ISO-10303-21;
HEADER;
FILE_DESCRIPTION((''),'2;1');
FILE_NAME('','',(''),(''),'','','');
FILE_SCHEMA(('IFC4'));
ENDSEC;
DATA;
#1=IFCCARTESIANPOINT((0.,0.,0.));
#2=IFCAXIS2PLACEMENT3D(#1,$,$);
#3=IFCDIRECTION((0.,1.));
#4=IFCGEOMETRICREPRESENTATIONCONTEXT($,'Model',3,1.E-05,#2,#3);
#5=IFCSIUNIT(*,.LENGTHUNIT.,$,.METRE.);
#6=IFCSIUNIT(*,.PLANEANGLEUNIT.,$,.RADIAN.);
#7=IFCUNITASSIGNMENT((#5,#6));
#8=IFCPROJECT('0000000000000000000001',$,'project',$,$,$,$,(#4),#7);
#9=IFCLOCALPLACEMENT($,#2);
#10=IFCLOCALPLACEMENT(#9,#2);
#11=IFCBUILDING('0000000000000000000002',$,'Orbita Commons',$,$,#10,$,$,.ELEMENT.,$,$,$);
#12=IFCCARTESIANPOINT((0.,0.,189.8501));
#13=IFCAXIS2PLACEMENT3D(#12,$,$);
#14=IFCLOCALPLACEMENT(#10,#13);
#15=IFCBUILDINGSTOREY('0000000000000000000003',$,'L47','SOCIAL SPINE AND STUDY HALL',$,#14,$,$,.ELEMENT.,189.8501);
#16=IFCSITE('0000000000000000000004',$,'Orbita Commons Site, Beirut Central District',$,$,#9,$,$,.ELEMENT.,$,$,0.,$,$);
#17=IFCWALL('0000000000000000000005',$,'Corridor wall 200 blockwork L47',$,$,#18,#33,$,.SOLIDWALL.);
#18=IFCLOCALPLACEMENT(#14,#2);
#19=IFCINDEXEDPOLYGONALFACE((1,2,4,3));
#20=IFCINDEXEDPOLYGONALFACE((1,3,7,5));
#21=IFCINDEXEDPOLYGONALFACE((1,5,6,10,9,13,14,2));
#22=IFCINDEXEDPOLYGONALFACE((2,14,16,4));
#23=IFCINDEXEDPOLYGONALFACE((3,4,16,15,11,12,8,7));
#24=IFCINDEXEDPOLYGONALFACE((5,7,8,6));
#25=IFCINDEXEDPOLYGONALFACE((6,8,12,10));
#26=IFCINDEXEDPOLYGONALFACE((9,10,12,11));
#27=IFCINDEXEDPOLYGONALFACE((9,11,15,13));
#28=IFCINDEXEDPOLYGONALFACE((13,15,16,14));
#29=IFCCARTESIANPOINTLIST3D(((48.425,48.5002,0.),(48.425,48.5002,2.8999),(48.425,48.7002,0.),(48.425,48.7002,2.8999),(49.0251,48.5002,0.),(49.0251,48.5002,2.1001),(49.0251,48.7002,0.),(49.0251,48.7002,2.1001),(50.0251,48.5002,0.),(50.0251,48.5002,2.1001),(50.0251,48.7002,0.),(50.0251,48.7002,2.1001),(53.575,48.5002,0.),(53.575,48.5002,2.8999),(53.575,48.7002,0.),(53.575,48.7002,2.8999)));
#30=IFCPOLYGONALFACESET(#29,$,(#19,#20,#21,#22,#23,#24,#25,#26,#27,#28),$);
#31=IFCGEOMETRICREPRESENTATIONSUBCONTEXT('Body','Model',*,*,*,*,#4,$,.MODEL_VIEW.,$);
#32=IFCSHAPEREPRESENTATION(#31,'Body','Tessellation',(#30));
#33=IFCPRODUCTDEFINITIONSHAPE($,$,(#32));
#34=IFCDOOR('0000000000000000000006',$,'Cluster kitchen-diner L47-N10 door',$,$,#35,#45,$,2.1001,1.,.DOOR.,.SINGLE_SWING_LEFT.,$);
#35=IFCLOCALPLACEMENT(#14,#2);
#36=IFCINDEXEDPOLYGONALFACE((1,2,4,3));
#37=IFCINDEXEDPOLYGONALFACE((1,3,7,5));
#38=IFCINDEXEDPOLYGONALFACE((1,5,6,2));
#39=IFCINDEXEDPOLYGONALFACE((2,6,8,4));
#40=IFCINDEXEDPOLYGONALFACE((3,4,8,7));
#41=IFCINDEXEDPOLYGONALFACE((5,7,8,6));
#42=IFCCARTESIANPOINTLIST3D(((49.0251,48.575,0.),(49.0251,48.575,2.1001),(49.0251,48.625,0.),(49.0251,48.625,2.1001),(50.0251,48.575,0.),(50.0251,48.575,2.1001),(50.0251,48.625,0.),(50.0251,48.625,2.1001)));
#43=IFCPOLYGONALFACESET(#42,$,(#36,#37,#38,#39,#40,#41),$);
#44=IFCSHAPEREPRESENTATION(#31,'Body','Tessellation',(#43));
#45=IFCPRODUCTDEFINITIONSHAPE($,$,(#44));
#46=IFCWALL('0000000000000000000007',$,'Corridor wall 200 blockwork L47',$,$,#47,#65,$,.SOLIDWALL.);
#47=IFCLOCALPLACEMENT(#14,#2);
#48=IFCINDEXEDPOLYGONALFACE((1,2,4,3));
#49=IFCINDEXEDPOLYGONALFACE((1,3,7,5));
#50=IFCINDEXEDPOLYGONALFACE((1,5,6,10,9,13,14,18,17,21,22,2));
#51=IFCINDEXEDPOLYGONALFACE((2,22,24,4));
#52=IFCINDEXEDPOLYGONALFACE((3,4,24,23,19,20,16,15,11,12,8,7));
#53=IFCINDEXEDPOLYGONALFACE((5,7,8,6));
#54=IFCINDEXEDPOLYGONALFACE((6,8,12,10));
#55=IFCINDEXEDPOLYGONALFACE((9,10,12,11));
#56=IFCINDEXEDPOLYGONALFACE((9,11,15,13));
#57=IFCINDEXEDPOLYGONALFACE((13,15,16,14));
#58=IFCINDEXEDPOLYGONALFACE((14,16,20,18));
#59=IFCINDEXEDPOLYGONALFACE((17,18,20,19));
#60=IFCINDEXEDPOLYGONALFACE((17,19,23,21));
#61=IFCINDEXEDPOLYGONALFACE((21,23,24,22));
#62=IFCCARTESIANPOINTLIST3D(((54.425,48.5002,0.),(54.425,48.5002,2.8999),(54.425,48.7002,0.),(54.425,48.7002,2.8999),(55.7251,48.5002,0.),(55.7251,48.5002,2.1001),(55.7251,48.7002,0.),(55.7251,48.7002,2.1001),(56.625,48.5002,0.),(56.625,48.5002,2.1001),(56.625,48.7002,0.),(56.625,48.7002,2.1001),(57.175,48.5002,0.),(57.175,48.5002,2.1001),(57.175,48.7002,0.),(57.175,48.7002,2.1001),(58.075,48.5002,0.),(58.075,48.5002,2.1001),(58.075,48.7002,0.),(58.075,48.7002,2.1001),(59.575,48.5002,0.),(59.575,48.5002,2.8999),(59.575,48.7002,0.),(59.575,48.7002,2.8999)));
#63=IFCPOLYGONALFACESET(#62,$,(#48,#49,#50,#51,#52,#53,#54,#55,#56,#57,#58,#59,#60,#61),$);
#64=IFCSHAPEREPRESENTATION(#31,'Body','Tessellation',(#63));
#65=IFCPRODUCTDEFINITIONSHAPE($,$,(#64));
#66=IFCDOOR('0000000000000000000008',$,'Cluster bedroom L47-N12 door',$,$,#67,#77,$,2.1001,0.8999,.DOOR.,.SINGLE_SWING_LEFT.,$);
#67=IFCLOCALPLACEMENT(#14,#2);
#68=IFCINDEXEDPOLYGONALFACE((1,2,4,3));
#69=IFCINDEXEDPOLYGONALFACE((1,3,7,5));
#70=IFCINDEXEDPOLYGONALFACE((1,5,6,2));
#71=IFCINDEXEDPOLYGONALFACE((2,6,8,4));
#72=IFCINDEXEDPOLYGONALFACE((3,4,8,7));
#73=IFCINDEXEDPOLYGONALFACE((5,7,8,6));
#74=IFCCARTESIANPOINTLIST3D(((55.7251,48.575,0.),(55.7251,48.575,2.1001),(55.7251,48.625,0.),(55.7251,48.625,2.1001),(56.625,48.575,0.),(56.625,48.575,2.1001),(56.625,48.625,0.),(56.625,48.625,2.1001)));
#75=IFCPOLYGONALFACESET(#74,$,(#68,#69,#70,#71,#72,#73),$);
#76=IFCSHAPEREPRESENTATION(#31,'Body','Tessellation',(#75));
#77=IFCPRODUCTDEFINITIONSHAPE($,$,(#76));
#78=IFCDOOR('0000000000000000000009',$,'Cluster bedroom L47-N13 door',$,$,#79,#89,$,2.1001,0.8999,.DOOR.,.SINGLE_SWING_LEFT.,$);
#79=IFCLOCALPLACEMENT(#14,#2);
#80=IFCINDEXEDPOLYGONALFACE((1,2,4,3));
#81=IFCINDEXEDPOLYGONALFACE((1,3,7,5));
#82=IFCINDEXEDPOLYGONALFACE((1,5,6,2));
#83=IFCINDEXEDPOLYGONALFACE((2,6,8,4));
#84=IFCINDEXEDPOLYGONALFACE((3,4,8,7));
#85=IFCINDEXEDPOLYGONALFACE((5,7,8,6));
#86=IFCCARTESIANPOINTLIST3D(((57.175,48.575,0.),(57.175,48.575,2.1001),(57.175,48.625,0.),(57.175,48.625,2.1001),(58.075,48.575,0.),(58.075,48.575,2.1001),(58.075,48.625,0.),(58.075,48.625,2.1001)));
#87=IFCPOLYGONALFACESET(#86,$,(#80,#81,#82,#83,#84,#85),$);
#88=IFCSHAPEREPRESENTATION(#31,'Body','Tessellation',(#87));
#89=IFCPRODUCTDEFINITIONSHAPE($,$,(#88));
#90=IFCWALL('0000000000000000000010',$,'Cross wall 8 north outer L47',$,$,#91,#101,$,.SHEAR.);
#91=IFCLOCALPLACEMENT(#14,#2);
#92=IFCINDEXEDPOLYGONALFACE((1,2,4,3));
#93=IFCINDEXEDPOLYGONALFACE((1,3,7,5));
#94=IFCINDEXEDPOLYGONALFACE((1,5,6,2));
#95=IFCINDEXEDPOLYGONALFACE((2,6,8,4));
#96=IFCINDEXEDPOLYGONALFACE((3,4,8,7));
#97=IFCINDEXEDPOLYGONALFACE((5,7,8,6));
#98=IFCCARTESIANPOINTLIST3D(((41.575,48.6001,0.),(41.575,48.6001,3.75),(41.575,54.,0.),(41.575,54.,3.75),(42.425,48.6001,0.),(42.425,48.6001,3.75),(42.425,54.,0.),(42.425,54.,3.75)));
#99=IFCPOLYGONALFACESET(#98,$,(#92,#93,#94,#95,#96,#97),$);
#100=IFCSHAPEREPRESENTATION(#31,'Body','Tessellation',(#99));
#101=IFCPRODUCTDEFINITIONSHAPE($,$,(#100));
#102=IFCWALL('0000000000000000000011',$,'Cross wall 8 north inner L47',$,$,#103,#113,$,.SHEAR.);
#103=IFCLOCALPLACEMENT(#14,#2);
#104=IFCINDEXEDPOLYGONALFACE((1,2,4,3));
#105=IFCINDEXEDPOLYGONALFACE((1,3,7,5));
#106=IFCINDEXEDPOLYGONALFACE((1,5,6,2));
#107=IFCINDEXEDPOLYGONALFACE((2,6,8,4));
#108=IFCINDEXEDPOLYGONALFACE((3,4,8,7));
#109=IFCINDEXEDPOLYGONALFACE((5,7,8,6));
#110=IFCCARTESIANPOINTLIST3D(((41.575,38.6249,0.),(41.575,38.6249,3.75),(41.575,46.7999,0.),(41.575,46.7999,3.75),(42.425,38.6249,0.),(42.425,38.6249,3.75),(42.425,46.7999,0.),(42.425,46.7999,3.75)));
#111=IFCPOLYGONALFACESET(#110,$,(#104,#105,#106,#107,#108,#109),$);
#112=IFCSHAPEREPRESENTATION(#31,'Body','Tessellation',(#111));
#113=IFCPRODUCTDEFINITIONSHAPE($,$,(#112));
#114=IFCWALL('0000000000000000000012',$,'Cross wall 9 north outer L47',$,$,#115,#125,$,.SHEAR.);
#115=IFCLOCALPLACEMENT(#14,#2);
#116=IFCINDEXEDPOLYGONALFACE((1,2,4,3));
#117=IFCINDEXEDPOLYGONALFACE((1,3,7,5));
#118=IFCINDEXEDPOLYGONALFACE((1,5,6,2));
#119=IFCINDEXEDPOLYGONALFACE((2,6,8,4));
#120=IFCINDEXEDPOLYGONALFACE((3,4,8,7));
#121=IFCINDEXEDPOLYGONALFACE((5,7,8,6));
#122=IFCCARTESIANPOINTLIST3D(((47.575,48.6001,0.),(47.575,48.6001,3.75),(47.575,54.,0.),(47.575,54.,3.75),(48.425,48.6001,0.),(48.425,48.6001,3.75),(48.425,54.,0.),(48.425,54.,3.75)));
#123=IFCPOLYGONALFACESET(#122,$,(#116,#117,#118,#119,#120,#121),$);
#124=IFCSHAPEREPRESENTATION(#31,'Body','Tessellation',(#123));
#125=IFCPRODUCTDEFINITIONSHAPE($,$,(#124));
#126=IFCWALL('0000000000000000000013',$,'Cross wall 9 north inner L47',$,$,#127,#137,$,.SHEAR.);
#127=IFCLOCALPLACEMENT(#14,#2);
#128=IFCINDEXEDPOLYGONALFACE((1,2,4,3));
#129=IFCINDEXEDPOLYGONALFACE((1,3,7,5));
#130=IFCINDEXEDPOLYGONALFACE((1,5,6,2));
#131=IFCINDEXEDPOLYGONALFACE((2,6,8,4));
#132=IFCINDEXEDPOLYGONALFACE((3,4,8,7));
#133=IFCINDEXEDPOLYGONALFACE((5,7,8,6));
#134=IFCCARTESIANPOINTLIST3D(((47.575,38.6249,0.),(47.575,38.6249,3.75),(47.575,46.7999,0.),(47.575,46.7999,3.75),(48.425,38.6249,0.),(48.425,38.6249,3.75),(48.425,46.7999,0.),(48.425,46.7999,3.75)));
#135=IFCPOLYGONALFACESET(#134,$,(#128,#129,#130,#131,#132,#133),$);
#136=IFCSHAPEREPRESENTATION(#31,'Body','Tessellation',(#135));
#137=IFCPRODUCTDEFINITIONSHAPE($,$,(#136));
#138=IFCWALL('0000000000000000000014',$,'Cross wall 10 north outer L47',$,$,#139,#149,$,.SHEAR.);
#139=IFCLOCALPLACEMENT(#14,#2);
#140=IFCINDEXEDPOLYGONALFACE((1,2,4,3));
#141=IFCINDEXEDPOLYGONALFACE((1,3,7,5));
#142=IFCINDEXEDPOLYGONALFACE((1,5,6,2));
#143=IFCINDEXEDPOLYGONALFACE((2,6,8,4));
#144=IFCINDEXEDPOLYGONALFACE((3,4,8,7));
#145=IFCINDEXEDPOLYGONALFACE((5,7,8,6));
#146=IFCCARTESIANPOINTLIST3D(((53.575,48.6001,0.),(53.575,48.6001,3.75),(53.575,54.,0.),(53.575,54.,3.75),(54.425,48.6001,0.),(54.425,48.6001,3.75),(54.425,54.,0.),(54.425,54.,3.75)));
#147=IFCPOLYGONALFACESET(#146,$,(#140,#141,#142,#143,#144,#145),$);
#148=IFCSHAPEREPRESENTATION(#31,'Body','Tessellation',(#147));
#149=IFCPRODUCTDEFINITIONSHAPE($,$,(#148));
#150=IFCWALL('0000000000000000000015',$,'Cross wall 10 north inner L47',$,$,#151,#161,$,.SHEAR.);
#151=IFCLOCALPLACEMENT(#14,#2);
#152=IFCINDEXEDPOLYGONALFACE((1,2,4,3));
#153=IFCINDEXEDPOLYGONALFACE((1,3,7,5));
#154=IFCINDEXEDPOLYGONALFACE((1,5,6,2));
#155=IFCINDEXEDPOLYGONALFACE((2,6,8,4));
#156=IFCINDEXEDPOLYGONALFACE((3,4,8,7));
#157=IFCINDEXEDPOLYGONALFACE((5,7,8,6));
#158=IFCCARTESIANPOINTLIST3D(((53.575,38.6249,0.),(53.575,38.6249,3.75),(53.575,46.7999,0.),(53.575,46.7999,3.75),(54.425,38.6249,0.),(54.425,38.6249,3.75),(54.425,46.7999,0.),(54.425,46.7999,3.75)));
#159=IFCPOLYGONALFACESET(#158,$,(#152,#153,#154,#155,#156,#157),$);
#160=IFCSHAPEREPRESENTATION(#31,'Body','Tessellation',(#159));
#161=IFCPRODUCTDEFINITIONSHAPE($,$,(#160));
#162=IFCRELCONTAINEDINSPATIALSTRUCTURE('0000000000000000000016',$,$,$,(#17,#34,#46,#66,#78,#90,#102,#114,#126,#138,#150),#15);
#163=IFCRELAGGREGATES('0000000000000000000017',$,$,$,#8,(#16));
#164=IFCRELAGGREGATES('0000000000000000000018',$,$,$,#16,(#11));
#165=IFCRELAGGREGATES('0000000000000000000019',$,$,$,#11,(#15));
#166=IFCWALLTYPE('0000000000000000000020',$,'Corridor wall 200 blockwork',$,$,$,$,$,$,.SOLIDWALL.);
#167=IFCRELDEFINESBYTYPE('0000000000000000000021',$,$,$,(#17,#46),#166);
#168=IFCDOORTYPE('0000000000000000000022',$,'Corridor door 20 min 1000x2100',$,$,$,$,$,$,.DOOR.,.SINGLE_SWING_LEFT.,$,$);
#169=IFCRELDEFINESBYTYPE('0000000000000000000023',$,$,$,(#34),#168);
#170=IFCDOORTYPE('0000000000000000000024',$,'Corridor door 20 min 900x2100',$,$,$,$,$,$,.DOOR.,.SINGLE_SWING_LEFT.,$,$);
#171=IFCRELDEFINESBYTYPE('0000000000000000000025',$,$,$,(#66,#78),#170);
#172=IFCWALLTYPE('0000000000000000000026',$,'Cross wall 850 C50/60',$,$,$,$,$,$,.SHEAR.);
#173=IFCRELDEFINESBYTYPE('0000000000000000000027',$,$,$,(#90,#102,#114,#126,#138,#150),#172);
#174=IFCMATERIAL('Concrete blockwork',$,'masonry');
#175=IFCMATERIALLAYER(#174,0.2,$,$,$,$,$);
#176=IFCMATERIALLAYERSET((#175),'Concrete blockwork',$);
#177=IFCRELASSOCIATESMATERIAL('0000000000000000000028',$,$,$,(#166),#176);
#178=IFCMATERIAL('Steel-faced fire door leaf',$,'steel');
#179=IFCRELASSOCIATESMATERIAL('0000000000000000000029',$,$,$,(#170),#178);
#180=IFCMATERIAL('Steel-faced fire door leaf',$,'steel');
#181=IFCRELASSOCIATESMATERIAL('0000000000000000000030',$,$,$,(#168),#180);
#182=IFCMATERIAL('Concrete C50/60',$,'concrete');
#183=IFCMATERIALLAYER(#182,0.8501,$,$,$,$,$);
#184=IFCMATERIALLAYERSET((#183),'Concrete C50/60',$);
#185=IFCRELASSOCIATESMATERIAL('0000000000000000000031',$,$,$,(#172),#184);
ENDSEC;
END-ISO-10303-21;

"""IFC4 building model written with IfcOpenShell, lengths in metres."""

from ifc_helpers import new_model, si_unit, direction, frame, frame_2d, origin, place, context, subcontext, project, spatial, polyline, rectangle, outline, extrude, material, layer, layer_set, type_object, element, fill, save


model = new_model("IFC4")

# Units and contexts
model_context = context("Model", 3, precision=1e-05, world=origin(), true_north=direction((0.0, 1.0)))
body_context = subcontext(model_context, "Body", "Model", "MODEL_VIEW")
ifc_project = project(units=[si_unit("LENGTHUNIT", "METRE"), si_unit("PLANEANGLEUNIT", "RADIAN")], contexts=[model_context])

# Site, building, storey
site_placement = place(None, origin())
site = spatial("IfcSite", under=ifc_project, at=site_placement, Name="Orbita Commons Site, Beirut Central District", CompositionType="ELEMENT", RefElevation=0.0)
building_placement = place(site_placement, origin())
building = spatial("IfcBuilding", under=site, at=building_placement, Name="Orbita Commons", CompositionType="ELEMENT")
storey_placement = place(building_placement, frame((0.0, 0.0, 189.8501)))
storey = spatial("IfcBuildingStorey", under=building, at=storey_placement, Name="L47", Description="SOCIAL SPINE AND STUDY HALL", CompositionType="ELEMENT", Elevation=189.8501)

# Wall, opening, door
ifc_material_1 = material(Name="Concrete blockwork", Category="masonry")
ifc_layer_1 = layer(ifc_material_1, 0.2)
ifc_layer_set_1 = layer_set([ifc_layer_1], Name="Concrete blockwork")
wall_type_1 = type_object("IfcWallType", Name="Corridor wall 200 blockwork", PredefinedType="SOLIDWALL", material=ifc_layer_set_1)
ifc_material_2 = material(Name="Steel-faced fire door leaf", Category="steel")
door_type_1 = type_object("IfcDoorType", Name="Corridor door 20 min 900x2100", OperationType="SINGLE_SWING_LEFT", PredefinedType="DOOR", material=ifc_material_2)
wall_1_placement = place(storey_placement, frame((48.425, 48.6001, 0.0), z_axis=(0.0, 0.0, 1.0), x_axis=(1.0, 0.0, 0.0)))
wall_1 = element("IfcWall", 1, at=wall_1_placement, inside=storey, type_object=wall_type_1, Name="Corridor wall 200 blockwork L47", PredefinedType="SOLIDWALL", context=body_context, shape_type="SweptSolid", body=[
    extrude(outline(polyline([(0.0, 0.0), (5.1499, 0.0), (5.1499, 2.8999), (0.0, 2.8999), (0.0, 0.0)])), frame((0.0, 0.1001, 0.0), z_axis=(0.0, -1.0, 0.0), x_axis=(1.0, 0.0, 0.0)), (0.0, 0.0, 1.0), 0.2),
])
opening_1_placement = place(wall_1_placement, frame((0.6001, 0.0, 0.0)))
opening_1 = element("IfcOpeningElement", 2, at=opening_1_placement, cuts=wall_1, PredefinedType="OPENING", context=body_context, shape_type="SweptSolid", body=[
    extrude(rectangle(XDim=1.0, YDim=2.1001, at=frame_2d((0.5, 1.05))), frame((0.0, 0.1099, 0.0), z_axis=(0.0, -1.0, 0.0), x_axis=(1.0, 0.0, 0.0)), (0.0, 0.0, 1.0), 0.22),
])
ifc_material_3 = material(Name="Steel-faced fire door leaf", Category="steel")
door_type_2 = type_object("IfcDoorType", Name="Corridor door 20 min 1000x2100", OperationType="SINGLE_SWING_LEFT", PredefinedType="DOOR", material=ifc_material_3)
door_1_placement = place(opening_1_placement, origin())
door_1 = element("IfcDoor", 3, at=door_1_placement, inside=storey, type_object=door_type_2, Name="Cluster kitchen-diner L47-N10 door", OperationType="SINGLE_SWING_LEFT", OverallHeight=2.1001, OverallWidth=1.0, PredefinedType="DOOR", context=body_context, shape_type="SweptSolid", body=[
    extrude(rectangle(XDim=1.0, YDim=2.1001, at=frame_2d((0.5, 1.05))), frame((0.0, 0.0249, 0.0), z_axis=(0.0, -1.0, 0.0), x_axis=(1.0, 0.0, 0.0)), (0.0, 0.0, 1.0), 0.05),
])
fill(opening_1, door_1)

# Wall, openings, doors
wall_2_placement = place(storey_placement, frame((54.425, 48.6001, 0.0), z_axis=(0.0, 0.0, 1.0), x_axis=(1.0, 0.0, 0.0)))
wall_2 = element("IfcWall", 4, at=wall_2_placement, inside=storey, type_object=wall_type_1, Name="Corridor wall 200 blockwork L47", PredefinedType="SOLIDWALL", context=body_context, shape_type="SweptSolid", body=[
    extrude(outline(polyline([(0.0, 0.0), (5.1499, 0.0), (5.1499, 2.8999), (0.0, 2.8999), (0.0, 0.0)])), frame((0.0, 0.1001, 0.0), z_axis=(0.0, -1.0, 0.0), x_axis=(1.0, 0.0, 0.0)), (0.0, 0.0, 1.0), 0.2),
])
opening_2_placement = place(wall_2_placement, frame((1.3, 0.0, 0.0)))
opening_2 = element("IfcOpeningElement", 5, at=opening_2_placement, cuts=wall_2, PredefinedType="OPENING", context=body_context, shape_type="SweptSolid", body=[
    extrude(rectangle(XDim=0.8999, YDim=2.1001, at=frame_2d((0.45, 1.05))), frame((0.0, 0.1099, 0.0), z_axis=(0.0, -1.0, 0.0), x_axis=(1.0, 0.0, 0.0)), (0.0, 0.0, 1.0), 0.22),
])
opening_3_placement = place(wall_2_placement, frame((2.75, 0.0, 0.0)))
opening_3 = element("IfcOpeningElement", 6, at=opening_3_placement, cuts=wall_2, PredefinedType="OPENING", context=body_context, shape_type="SweptSolid", body=[
    extrude(rectangle(XDim=0.8999, YDim=2.1001, at=frame_2d((0.45, 1.05))), frame((0.0, 0.1099, 0.0), z_axis=(0.0, -1.0, 0.0), x_axis=(1.0, 0.0, 0.0)), (0.0, 0.0, 1.0), 0.22),
])
door_2_placement = place(opening_2_placement, origin())
door_2 = element("IfcDoor", 7, at=door_2_placement, inside=storey, type_object=door_type_1, Name="Cluster bedroom L47-N12 door", OperationType="SINGLE_SWING_LEFT", OverallHeight=2.1001, OverallWidth=0.8999, PredefinedType="DOOR", context=body_context, shape_type="SweptSolid", body=[
    extrude(rectangle(XDim=0.8999, YDim=2.1001, at=frame_2d((0.45, 1.05))), frame((0.0, 0.0249, 0.0), z_axis=(0.0, -1.0, 0.0), x_axis=(1.0, 0.0, 0.0)), (0.0, 0.0, 1.0), 0.05),
])
fill(opening_2, door_2)
door_3_placement = place(opening_3_placement, origin())
door_3 = element("IfcDoor", 8, at=door_3_placement, inside=storey, type_object=door_type_1, Name="Cluster bedroom L47-N13 door", OperationType="SINGLE_SWING_LEFT", OverallHeight=2.1001, OverallWidth=0.8999, PredefinedType="DOOR", context=body_context, shape_type="SweptSolid", body=[
    extrude(rectangle(XDim=0.8999, YDim=2.1001, at=frame_2d((0.45, 1.05))), frame((0.0, 0.0249, 0.0), z_axis=(0.0, -1.0, 0.0), x_axis=(1.0, 0.0, 0.0)), (0.0, 0.0, 1.0), 0.05),
])
fill(opening_3, door_3)

# Walls
ifc_material_4 = material(Name="Concrete C50/60", Category="concrete")
ifc_layer_2 = layer(ifc_material_4, 0.8501)
ifc_layer_set_2 = layer_set([ifc_layer_2], Name="Concrete C50/60")
wall_type_2 = type_object("IfcWallType", Name="Cross wall 850 C50/60", PredefinedType="SHEAR", material=ifc_layer_set_2)
wall_3_placement = place(storey_placement, frame((42.0, 48.6001, 0.0), z_axis=(0.0, 0.0, 1.0), x_axis=(0.0, 1.0, 0.0)))
element("IfcWall", 9, at=wall_3_placement, inside=storey, type_object=wall_type_2, Name="Cross wall 8 north outer L47", PredefinedType="SHEAR", context=body_context, shape_type="SweptSolid", body=[
    extrude(rectangle(XDim=5.3999, YDim=0.8501, at=frame_2d((2.7, 0.0))), origin(), (0.0, 0.0, 1.0), 3.75),
])
wall_4_placement = place(storey_placement, frame((42.0, 38.625, 0.0), z_axis=(0.0, 0.0, 1.0), x_axis=(0.0, 1.0, 0.0)))
element("IfcWall", 10, at=wall_4_placement, inside=storey, type_object=wall_type_2, Name="Cross wall 8 north inner L47", PredefinedType="SHEAR", context=body_context, shape_type="SweptSolid", body=[
    extrude(rectangle(XDim=8.175, YDim=0.8501, at=frame_2d((4.0874, 0.0))), origin(), (0.0, 0.0, 1.0), 3.75),
])
wall_5_placement = place(storey_placement, frame((48.0, 48.6001, 0.0), z_axis=(0.0, 0.0, 1.0), x_axis=(0.0, 1.0, 0.0)))
element("IfcWall", 11, at=wall_5_placement, inside=storey, type_object=wall_type_2, Name="Cross wall 9 north outer L47", PredefinedType="SHEAR", context=body_context, shape_type="SweptSolid", body=[
    extrude(rectangle(XDim=5.3999, YDim=0.8501, at=frame_2d((2.7, 0.0))), origin(), (0.0, 0.0, 1.0), 3.75),
])
wall_6_placement = place(storey_placement, frame((48.0, 38.625, 0.0), z_axis=(0.0, 0.0, 1.0), x_axis=(0.0, 1.0, 0.0)))
element("IfcWall", 12, at=wall_6_placement, inside=storey, type_object=wall_type_2, Name="Cross wall 9 north inner L47", PredefinedType="SHEAR", context=body_context, shape_type="SweptSolid", body=[
    extrude(rectangle(XDim=8.175, YDim=0.8501, at=frame_2d((4.0874, 0.0))), origin(), (0.0, 0.0, 1.0), 3.75),
])
wall_7_placement = place(storey_placement, frame((54.0, 48.6001, 0.0), z_axis=(0.0, 0.0, 1.0), x_axis=(0.0, 1.0, 0.0)))
element("IfcWall", 13, at=wall_7_placement, inside=storey, type_object=wall_type_2, Name="Cross wall 10 north outer L47", PredefinedType="SHEAR", context=body_context, shape_type="SweptSolid", body=[
    extrude(rectangle(XDim=5.3999, YDim=0.8501, at=frame_2d((2.7, 0.0))), origin(), (0.0, 0.0, 1.0), 3.75),
])
wall_8_placement = place(storey_placement, frame((54.0, 38.625, 0.0), z_axis=(0.0, 0.0, 1.0), x_axis=(0.0, 1.0, 0.0)))
element("IfcWall", 14, at=wall_8_placement, inside=storey, type_object=wall_type_2, Name="Cross wall 10 north inner L47", PredefinedType="SHEAR", context=body_context, shape_type="SweptSolid", body=[
    extrude(rectangle(XDim=8.175, YDim=0.8501, at=frame_2d((4.0874, 0.0))), origin(), (0.0, 0.0, 1.0), 3.75),
])

save(model, "model.ifc")
